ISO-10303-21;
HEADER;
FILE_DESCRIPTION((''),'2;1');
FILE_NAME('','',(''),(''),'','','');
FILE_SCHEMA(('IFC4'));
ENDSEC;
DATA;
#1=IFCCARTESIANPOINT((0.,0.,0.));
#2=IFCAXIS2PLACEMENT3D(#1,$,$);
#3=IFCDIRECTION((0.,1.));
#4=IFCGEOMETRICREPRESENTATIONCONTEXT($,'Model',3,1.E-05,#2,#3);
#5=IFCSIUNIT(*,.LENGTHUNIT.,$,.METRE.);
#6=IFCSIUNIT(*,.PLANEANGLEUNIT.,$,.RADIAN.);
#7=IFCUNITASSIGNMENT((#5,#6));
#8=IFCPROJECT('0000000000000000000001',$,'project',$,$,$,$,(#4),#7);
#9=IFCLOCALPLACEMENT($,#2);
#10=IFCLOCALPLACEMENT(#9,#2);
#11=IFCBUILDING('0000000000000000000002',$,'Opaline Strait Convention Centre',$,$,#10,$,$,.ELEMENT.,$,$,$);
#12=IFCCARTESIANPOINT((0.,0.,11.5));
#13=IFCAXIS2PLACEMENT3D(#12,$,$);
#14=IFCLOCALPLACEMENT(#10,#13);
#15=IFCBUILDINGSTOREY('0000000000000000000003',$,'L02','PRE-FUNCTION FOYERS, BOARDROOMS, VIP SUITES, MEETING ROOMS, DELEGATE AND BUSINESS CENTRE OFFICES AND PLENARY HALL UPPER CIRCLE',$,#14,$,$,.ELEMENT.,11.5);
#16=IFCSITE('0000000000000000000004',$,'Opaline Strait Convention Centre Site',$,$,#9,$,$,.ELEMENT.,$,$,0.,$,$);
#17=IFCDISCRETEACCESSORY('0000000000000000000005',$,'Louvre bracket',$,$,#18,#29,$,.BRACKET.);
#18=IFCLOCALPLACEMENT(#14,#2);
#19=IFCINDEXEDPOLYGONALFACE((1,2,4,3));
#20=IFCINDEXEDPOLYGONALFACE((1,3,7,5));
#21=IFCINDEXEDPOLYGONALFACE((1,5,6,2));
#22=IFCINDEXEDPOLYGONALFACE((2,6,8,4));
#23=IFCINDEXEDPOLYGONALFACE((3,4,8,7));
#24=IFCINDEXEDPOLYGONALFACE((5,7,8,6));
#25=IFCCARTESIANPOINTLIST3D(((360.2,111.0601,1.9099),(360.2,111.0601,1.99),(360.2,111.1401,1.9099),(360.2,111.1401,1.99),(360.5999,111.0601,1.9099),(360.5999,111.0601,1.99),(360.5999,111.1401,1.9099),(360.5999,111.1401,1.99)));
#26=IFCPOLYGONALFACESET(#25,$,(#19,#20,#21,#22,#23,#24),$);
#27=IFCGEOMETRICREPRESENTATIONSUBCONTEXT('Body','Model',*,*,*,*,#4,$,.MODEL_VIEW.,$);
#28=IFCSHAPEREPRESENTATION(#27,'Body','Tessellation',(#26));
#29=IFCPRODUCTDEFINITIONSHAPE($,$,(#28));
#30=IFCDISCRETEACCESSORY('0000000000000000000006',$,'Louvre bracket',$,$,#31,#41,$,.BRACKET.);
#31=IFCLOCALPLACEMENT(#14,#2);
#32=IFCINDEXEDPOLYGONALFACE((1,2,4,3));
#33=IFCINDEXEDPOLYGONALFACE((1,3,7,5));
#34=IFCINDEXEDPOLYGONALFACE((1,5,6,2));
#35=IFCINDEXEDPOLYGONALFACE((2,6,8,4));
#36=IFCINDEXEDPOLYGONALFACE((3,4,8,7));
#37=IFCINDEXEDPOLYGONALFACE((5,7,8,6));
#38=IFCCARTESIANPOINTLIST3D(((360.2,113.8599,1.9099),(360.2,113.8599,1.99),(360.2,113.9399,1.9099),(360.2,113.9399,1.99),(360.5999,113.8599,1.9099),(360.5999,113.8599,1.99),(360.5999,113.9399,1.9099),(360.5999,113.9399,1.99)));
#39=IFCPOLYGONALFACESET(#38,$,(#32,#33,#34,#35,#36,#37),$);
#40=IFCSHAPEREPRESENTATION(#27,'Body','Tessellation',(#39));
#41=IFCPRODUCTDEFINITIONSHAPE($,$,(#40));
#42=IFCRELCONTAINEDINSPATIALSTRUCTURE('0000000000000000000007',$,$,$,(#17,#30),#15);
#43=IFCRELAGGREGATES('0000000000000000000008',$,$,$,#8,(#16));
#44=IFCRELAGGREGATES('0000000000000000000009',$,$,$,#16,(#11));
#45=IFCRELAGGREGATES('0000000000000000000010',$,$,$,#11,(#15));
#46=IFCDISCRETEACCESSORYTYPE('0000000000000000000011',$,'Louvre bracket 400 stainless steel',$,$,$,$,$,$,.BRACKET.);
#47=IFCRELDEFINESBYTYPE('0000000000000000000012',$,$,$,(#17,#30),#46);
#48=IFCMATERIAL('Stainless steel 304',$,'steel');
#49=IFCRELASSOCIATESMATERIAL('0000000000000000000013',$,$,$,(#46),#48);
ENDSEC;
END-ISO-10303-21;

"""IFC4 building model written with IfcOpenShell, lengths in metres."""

from ifc_helpers import new_model, si_unit, direction, frame, origin, origin_2d, place, context, subcontext, project, spatial, rectangle, extrude, material, type_object, element, save


model = new_model("IFC4")

# Units and contexts
model_context = context("Model", 3, precision=1e-05, world=origin(), true_north=direction((0.0, 1.0)))
body_context = subcontext(model_context, "Body", "Model", "MODEL_VIEW")
ifc_project = project(units=[si_unit("LENGTHUNIT", "METRE"), si_unit("PLANEANGLEUNIT", "RADIAN")], contexts=[model_context])

# Site, building, storey
site_placement = place(None, origin())
site = spatial("IfcSite", under=ifc_project, at=site_placement, Name="Opaline Strait Convention Centre Site", CompositionType="ELEMENT", RefElevation=0.0)
building_placement = place(site_placement, origin())
building = spatial("IfcBuilding", under=site, at=building_placement, Name="Opaline Strait Convention Centre", CompositionType="ELEMENT")
storey_placement = place(building_placement, frame((0.0, 0.0, 11.5)))
storey = spatial("IfcBuildingStorey", under=building, at=storey_placement, Name="L02", Description="PRE-FUNCTION FOYERS, BOARDROOMS, VIP SUITES, MEETING ROOMS, DELEGATE AND BUSINESS CENTRE OFFICES AND PLENARY HALL UPPER CIRCLE", CompositionType="ELEMENT", Elevation=11.5)

# Discrete accessories
ifc_material_1 = material(Name="Stainless steel 304", Category="steel")
discrete_accessory_type_1 = type_object("IfcDiscreteAccessoryType", Name="Louvre bracket 400 stainless steel", PredefinedType="BRACKET", material=ifc_material_1)
for number, where, z_axis, x_axis, name in (
    (1, (360.3999, 111.1001, 1.9099), (0.0, 0.0, 1.0), (1.0, 0.0, 0.0), "Louvre bracket"),
    (2, (360.3999, 113.8999, 1.9099), (0.0, 0.0, 1.0), (1.0, 0.0, 0.0), "Louvre bracket"),
):
    element("IfcDiscreteAccessory", number, at=place(storey_placement, frame(where, z_axis=z_axis, x_axis=x_axis)), inside=storey, type_object=discrete_accessory_type_1, Name=name, PredefinedType="BRACKET", context=body_context, shape_type="SweptSolid", body=[
        extrude(rectangle(XDim=0.3999, YDim=0.0801, at=origin_2d()), origin(), (0.0, 0.0, 1.0), 0.0801),
    ])

save(model, "model.ifc")
